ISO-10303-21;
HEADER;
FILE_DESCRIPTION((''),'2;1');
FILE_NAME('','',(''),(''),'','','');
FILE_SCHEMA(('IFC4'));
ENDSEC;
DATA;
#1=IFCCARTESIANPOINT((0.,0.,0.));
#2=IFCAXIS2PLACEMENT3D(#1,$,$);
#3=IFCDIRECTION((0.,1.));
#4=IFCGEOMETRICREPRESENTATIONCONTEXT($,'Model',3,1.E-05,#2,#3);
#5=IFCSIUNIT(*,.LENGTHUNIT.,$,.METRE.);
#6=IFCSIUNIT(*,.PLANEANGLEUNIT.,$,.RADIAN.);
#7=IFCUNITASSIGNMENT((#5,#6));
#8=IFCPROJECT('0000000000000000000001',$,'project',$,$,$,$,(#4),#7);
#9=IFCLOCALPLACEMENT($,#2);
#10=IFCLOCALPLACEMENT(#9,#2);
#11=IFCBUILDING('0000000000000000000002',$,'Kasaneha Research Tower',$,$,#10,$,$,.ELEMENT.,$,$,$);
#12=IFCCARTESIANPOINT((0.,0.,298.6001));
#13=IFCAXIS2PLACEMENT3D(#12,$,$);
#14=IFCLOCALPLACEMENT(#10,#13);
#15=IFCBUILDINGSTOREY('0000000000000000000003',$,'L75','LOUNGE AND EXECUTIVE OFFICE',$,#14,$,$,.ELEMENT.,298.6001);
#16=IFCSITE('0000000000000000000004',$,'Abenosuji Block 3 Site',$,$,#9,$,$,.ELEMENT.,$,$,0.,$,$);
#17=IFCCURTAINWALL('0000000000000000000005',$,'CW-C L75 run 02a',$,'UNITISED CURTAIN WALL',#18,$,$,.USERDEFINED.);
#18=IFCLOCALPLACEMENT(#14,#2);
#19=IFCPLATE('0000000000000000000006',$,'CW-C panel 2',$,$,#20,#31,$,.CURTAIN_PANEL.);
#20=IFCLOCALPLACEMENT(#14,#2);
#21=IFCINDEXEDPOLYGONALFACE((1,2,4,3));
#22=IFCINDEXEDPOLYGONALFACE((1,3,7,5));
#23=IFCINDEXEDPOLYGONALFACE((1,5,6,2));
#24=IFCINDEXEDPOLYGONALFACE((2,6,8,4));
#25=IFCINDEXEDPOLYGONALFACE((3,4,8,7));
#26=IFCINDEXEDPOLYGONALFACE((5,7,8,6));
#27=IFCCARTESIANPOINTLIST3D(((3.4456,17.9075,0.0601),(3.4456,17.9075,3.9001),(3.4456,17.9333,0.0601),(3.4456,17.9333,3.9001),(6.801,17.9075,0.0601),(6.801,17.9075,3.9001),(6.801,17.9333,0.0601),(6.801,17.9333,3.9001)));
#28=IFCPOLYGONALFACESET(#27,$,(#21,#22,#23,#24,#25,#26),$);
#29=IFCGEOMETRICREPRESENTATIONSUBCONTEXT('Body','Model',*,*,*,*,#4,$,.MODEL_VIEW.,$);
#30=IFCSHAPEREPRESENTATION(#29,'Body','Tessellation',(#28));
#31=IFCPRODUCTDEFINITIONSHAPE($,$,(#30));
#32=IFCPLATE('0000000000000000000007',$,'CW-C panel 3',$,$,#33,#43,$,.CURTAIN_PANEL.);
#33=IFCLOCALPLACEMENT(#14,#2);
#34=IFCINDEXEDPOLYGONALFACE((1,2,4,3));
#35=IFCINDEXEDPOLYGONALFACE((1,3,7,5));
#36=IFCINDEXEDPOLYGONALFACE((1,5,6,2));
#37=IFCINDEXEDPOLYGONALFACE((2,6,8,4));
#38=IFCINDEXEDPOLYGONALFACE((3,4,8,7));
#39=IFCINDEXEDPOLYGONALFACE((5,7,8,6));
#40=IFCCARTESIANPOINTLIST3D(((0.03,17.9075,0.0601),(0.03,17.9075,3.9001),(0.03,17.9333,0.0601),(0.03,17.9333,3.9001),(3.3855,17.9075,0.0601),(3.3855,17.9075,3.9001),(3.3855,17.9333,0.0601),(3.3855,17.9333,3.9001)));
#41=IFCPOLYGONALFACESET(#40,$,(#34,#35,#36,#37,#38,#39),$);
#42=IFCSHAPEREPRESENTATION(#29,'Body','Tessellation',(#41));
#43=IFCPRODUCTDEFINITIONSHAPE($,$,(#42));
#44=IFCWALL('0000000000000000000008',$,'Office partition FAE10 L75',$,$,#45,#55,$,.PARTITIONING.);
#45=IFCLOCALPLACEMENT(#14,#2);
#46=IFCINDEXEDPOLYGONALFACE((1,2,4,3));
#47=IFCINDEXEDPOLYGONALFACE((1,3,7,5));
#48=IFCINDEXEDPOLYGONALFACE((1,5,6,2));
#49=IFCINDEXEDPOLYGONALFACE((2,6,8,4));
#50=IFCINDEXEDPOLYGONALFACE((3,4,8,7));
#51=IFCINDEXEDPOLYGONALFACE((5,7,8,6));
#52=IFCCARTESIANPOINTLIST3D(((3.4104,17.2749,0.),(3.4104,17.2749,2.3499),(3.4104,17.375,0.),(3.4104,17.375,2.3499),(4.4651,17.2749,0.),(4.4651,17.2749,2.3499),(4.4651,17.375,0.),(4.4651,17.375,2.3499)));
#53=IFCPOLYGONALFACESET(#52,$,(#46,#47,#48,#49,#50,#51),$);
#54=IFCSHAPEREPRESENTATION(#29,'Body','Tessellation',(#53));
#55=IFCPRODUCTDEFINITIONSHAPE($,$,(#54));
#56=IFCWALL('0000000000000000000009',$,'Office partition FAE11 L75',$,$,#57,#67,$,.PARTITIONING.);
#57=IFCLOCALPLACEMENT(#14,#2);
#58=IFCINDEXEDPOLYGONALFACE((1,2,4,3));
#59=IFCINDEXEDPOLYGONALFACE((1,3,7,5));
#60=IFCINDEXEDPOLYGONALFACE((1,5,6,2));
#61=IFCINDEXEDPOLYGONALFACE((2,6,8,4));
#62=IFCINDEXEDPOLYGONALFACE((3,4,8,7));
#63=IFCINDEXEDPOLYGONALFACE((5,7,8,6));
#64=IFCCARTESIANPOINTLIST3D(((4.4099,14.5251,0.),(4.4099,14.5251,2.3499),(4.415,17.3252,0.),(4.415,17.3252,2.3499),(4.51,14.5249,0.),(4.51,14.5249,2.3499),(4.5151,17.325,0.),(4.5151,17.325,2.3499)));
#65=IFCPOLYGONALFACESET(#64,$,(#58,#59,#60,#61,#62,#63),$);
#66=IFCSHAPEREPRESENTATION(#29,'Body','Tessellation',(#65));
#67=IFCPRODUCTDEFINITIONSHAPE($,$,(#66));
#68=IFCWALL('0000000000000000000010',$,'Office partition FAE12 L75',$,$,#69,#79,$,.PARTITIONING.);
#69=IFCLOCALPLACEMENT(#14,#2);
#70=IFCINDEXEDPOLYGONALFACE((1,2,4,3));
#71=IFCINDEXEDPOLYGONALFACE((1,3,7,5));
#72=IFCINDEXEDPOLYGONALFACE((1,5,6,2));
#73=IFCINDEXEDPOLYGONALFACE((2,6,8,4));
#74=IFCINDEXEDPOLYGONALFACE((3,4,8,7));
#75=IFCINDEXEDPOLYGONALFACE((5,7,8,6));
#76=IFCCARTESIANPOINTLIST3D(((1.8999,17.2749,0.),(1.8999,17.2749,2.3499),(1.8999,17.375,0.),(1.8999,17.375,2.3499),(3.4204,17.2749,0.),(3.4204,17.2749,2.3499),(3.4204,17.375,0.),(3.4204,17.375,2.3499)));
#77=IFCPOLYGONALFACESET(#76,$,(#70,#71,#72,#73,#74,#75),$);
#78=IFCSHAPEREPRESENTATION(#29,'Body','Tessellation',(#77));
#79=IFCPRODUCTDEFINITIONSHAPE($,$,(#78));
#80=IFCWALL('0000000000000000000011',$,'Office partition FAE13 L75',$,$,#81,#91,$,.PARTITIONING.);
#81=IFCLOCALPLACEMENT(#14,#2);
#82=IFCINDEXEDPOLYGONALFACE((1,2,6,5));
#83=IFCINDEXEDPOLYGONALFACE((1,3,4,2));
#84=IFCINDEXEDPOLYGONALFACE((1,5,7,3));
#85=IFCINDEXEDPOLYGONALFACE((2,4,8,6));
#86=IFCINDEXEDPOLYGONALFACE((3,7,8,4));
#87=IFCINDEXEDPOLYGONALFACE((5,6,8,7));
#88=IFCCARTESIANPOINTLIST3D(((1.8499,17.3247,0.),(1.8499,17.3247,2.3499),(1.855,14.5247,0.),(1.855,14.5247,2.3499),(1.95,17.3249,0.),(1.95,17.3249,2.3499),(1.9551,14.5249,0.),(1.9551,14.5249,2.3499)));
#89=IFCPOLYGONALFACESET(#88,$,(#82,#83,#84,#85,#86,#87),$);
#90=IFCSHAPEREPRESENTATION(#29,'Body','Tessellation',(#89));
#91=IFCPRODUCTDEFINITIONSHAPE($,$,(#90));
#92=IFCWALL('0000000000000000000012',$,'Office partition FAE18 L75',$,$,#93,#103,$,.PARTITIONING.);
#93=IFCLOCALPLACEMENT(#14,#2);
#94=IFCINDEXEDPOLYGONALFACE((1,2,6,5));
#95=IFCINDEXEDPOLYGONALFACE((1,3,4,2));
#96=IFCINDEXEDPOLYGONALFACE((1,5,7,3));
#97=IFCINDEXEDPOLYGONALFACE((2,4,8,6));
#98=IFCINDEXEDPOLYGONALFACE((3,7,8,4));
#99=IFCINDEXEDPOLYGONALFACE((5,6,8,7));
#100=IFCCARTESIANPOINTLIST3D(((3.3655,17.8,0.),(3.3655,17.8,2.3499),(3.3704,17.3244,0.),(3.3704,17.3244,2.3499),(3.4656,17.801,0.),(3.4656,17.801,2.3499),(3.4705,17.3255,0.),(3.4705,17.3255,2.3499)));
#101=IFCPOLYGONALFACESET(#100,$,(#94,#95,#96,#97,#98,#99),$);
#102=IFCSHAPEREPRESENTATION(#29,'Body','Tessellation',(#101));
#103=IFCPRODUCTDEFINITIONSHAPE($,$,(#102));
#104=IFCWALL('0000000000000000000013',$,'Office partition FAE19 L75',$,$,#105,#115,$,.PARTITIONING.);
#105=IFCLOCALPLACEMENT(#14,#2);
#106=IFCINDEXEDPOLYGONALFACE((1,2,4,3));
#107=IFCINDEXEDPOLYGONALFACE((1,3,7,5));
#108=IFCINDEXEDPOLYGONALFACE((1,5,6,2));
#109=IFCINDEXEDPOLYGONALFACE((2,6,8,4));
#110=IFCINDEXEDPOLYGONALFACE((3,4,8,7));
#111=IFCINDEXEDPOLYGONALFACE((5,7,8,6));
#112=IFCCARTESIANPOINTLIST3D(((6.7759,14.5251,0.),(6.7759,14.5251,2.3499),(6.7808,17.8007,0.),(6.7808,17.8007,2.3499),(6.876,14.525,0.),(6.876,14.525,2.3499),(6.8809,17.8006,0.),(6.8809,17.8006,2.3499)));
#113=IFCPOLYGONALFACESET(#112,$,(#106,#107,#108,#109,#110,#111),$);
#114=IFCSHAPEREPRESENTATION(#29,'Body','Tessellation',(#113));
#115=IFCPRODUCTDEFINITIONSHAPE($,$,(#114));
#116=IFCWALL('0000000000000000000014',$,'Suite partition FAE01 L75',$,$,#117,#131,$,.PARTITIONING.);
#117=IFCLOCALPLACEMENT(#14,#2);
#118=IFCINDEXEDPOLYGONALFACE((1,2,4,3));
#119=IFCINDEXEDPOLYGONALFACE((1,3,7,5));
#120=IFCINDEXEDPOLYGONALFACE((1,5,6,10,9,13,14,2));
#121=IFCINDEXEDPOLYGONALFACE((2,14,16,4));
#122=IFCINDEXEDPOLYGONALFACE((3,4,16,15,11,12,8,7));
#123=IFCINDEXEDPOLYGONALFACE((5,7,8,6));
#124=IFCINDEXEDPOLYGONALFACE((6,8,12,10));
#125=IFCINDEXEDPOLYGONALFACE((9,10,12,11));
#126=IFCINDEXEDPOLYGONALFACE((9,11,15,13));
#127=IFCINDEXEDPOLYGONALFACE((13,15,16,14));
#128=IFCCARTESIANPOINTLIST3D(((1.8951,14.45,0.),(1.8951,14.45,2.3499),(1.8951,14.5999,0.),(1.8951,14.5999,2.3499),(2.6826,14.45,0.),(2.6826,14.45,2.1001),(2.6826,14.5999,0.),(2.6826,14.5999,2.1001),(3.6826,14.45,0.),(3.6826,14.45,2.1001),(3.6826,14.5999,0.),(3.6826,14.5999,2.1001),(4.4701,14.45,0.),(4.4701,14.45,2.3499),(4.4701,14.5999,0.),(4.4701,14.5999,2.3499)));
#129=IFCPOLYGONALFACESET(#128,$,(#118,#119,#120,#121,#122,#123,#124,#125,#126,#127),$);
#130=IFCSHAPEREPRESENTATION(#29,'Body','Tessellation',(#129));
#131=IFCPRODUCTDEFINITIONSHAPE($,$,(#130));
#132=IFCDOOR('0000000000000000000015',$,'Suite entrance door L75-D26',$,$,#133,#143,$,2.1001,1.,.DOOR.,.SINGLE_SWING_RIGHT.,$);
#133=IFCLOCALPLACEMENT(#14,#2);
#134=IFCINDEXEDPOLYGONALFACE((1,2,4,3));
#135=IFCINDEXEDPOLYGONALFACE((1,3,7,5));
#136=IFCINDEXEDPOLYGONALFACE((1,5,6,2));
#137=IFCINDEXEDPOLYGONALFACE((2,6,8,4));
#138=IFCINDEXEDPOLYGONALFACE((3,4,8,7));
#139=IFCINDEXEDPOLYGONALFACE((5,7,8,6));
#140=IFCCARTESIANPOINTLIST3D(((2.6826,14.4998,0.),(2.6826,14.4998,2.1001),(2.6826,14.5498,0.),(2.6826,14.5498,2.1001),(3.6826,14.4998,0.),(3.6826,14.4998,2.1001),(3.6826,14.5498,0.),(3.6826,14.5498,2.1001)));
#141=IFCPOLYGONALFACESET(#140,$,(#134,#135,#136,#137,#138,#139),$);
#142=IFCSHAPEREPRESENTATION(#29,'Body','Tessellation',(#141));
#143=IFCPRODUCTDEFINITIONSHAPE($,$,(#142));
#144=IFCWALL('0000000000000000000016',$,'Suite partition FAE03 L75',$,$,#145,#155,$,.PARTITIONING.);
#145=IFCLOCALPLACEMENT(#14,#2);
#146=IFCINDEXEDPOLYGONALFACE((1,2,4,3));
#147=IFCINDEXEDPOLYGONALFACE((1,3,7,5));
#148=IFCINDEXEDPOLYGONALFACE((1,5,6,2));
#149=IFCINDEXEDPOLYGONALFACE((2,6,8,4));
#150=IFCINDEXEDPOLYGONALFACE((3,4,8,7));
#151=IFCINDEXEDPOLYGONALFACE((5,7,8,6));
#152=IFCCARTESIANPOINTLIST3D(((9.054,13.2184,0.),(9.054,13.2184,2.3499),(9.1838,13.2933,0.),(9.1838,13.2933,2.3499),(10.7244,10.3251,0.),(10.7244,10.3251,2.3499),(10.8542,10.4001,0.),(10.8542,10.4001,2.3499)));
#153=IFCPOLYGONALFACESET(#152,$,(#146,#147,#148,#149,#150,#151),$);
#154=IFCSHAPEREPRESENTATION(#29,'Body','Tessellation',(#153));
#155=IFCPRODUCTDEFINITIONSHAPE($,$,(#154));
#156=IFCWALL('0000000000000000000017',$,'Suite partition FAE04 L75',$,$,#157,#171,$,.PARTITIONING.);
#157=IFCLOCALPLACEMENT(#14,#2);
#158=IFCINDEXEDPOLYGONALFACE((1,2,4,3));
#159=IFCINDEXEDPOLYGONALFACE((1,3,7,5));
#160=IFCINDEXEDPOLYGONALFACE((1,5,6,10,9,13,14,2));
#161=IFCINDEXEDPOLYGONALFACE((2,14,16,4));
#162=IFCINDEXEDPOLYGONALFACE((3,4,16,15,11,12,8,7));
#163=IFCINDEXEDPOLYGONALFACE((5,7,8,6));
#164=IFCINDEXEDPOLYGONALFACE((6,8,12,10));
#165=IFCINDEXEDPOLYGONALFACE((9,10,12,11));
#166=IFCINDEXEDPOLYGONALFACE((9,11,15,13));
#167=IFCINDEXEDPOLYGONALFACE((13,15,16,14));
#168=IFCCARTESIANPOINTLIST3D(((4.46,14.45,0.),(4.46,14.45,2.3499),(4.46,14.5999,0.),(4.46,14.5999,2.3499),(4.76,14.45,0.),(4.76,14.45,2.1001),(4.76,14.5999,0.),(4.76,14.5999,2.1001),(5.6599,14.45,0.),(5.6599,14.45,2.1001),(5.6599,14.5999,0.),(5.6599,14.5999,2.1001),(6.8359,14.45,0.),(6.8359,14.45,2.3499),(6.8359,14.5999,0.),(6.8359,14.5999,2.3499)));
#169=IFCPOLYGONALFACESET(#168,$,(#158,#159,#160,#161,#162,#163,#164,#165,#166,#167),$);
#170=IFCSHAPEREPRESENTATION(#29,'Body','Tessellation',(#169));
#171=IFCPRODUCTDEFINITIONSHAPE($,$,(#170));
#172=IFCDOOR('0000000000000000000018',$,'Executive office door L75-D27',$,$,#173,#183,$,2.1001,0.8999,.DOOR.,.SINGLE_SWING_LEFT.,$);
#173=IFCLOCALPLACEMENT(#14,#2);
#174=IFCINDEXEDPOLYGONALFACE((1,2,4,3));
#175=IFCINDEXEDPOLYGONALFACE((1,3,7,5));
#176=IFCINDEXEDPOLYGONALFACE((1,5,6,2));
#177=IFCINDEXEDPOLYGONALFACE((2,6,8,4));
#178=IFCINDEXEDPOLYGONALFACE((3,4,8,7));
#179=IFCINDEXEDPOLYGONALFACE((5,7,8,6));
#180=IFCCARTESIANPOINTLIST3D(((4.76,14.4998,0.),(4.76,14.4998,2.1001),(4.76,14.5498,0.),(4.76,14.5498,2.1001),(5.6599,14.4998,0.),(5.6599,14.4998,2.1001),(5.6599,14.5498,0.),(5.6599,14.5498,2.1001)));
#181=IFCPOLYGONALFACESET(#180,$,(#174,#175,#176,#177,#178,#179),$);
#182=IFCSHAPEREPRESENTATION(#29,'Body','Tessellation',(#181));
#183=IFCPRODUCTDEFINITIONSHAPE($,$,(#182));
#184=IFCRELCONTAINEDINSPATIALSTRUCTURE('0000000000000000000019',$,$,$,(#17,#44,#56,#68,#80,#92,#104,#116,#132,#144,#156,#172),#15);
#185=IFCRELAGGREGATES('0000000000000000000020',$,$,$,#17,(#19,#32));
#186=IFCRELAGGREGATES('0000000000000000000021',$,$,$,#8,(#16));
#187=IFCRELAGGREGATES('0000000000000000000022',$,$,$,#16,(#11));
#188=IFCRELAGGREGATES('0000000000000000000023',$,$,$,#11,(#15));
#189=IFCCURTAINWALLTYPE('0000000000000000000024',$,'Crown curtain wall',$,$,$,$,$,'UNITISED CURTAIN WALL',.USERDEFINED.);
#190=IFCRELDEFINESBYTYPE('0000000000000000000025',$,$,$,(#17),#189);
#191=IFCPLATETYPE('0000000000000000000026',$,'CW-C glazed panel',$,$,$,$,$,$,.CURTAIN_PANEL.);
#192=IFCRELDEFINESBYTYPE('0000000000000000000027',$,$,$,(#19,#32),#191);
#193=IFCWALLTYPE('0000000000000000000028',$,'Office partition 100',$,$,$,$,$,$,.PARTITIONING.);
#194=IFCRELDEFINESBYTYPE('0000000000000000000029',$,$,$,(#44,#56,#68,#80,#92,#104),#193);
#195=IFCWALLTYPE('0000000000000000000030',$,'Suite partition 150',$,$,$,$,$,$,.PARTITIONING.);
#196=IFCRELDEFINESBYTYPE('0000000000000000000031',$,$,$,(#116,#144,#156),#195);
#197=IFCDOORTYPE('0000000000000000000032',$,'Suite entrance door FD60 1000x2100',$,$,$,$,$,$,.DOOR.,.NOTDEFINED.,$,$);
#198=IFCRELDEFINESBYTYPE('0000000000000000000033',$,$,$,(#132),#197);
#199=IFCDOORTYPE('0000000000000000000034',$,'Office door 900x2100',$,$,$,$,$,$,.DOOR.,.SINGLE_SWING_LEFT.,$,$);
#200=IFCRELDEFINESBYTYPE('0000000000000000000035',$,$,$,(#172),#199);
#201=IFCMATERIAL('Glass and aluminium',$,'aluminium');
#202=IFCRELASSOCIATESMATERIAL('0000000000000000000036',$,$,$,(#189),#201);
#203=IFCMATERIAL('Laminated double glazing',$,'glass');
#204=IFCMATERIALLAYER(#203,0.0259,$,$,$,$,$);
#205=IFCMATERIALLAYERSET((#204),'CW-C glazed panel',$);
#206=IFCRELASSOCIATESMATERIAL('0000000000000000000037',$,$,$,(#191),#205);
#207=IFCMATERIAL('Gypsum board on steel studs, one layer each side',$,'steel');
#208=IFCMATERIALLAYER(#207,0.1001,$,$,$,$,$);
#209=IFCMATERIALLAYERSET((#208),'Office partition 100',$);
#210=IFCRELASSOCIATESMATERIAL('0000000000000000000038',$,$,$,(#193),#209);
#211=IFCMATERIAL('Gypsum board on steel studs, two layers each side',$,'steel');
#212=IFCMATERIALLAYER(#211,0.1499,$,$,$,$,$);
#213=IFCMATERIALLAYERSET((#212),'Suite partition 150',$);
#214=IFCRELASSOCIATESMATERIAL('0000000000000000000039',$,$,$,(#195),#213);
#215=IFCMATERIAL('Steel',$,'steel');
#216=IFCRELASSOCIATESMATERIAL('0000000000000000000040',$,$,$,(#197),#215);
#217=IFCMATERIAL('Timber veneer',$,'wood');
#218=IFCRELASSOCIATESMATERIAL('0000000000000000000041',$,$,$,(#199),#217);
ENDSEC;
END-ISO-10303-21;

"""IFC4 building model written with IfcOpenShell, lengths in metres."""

from ifc_helpers import new_model, si_unit, direction, frame, frame_2d, origin, origin_2d, place, context, subcontext, project, spatial, rectangle, extrude, material, layer, layer_set, type_object, element, fill, aggregate, save


model = new_model("IFC4")

# Units and contexts
model_context = context("Model", 3, precision=1e-05, world=origin(), true_north=direction((0.0, 1.0)))
body_context = subcontext(model_context, "Body", "Model", "MODEL_VIEW")
ifc_project = project(units=[si_unit("LENGTHUNIT", "METRE"), si_unit("PLANEANGLEUNIT", "RADIAN")], contexts=[model_context])

# Site, building, storey
site_placement = place(None, origin())
site = spatial("IfcSite", under=ifc_project, at=site_placement, Name="Abenosuji Block 3 Site", CompositionType="ELEMENT", RefElevation=0.0)
building_placement = place(site_placement, origin())
building = spatial("IfcBuilding", under=site, at=building_placement, Name="Kasaneha Research Tower", CompositionType="ELEMENT")
storey_placement = place(building_placement, frame((0.0, 0.0, 298.6001)))
storey = spatial("IfcBuildingStorey", under=building, at=storey_placement, Name="L75", Description="LOUNGE AND EXECUTIVE OFFICE", CompositionType="ELEMENT", Elevation=298.6001)

# Curtain wall, plates
ifc_material_1 = material(Name="Glass and aluminium", Category="aluminium")
curtain_wall_type = type_object("IfcCurtainWallType", Name="Crown curtain wall", ElementType="UNITISED CURTAIN WALL", PredefinedType="USERDEFINED", material=ifc_material_1)
curtain_wall_placement = place(storey_placement, origin())
curtain_wall = element("IfcCurtainWall", 1, at=curtain_wall_placement, inside=storey, type_object=curtain_wall_type, Name="CW-C L75 run 02a", ObjectType="UNITISED CURTAIN WALL", PredefinedType="USERDEFINED")
ifc_material_2 = material(Name="Laminated double glazing", Category="glass")
ifc_layer_1 = layer(ifc_material_2, 0.0259)
ifc_layer_set_1 = layer_set([ifc_layer_1], Name="CW-C glazed panel")
plate_type = type_object("IfcPlateType", Name="CW-C glazed panel", PredefinedType="CURTAIN_PANEL", material=ifc_layer_set_1)
plate_1_placement = place(storey_placement, frame((5.1233, 17.9204, 0.0601), z_axis=(0.0, 0.0, 1.0), x_axis=(-1.0, 0.0, 0.0)))
plate_1 = element("IfcPlate", 2, at=plate_1_placement, type_object=plate_type, Name="CW-C panel 2", PredefinedType="CURTAIN_PANEL", context=body_context, shape_type="SweptSolid", body=[
    extrude(rectangle(XDim=3.3555, YDim=0.0259, at=origin_2d()), origin(), (0.0, 0.0, 1.0), 3.8401),
])
plate_2_placement = place(storey_placement, frame((1.7078, 17.9204, 0.0601), z_axis=(0.0, 0.0, 1.0), x_axis=(-1.0, 0.0, 0.0)))
plate_2 = element("IfcPlate", 3, at=plate_2_placement, type_object=plate_type, Name="CW-C panel 3", PredefinedType="CURTAIN_PANEL", context=body_context, shape_type="SweptSolid", body=[
    extrude(rectangle(XDim=3.3555, YDim=0.0259, at=origin_2d()), origin(), (0.0, 0.0, 1.0), 3.8401),
])
aggregate(curtain_wall, [plate_1, plate_2])

# Walls
ifc_material_3 = material(Name="Gypsum board on steel studs, one layer each side", Category="steel")
ifc_layer_2 = layer(ifc_material_3, 0.1001)
ifc_layer_set_2 = layer_set([ifc_layer_2], Name="Office partition 100")
wall_type_1 = type_object("IfcWallType", Name="Office partition 100", PredefinedType="PARTITIONING", material=ifc_layer_set_2)
wall_1_placement = place(storey_placement, frame((3.4104, 17.325, 0.0), z_axis=(0.0, 0.0, 1.0), x_axis=(1.0, 0.0, 0.0)))
element("IfcWall", 4, at=wall_1_placement, inside=storey, type_object=wall_type_1, Name="Office partition FAE10 L75", PredefinedType="PARTITIONING", context=body_context, shape_type="SweptSolid", body=[
    extrude(rectangle(XDim=1.0547, YDim=0.1001, at=frame_2d((0.5273, 0.0))), origin(), (0.0, 0.0, 1.0), 2.3499),
])
wall_2_placement = place(storey_placement, frame((4.4651, 17.325, 0.0), z_axis=(0.0, 0.0, 1.0), x_axis=(-0.001831, -0.999998, 0.0)))
element("IfcWall", 5, at=wall_2_placement, inside=storey, type_object=wall_type_1, Name="Office partition FAE11 L75", PredefinedType="PARTITIONING", context=body_context, shape_type="SweptSolid", body=[
    extrude(rectangle(XDim=2.8, YDim=0.1001, at=frame_2d((1.3999, 0.0))), origin(), (0.0, 0.0, 1.0), 2.3499),
])
wall_3_placement = place(storey_placement, frame((1.8999, 17.325, 0.0), z_axis=(0.0, 0.0, 1.0), x_axis=(1.0, 0.0, 0.0)))
element("IfcWall", 6, at=wall_3_placement, inside=storey, type_object=wall_type_1, Name="Office partition FAE12 L75", PredefinedType="PARTITIONING", context=body_context, shape_type="SweptSolid", body=[
    extrude(rectangle(XDim=1.5205, YDim=0.1001, at=frame_2d((0.7603, 0.0))), origin(), (0.0, 0.0, 1.0), 2.3499),
])
wall_4_placement = place(storey_placement, frame((1.905, 14.5249, 0.0), z_axis=(0.0, 0.0, 1.0), x_axis=(-0.001831, 0.999998, 0.0)))
element("IfcWall", 7, at=wall_4_placement, inside=storey, type_object=wall_type_1, Name="Office partition FAE13 L75", PredefinedType="PARTITIONING", context=body_context, shape_type="SweptSolid", body=[
    extrude(rectangle(XDim=2.8, YDim=0.1001, at=frame_2d((1.3999, 0.0))), origin(), (0.0, 0.0, 1.0), 2.3499),
])
wall_5_placement = place(storey_placement, frame((3.4204, 17.325, 0.0), z_axis=(0.0, 0.0, 1.0), x_axis=(-0.010266, 0.999947, 0.0)))
element("IfcWall", 8, at=wall_5_placement, inside=storey, type_object=wall_type_1, Name="Office partition FAE18 L75", PredefinedType="PARTITIONING", context=body_context, shape_type="SweptSolid", body=[
    extrude(rectangle(XDim=0.4756, YDim=0.1001, at=frame_2d((0.2378, 0.0))), origin(), (0.0, 0.0, 1.0), 2.3499),
])
wall_6_placement = place(storey_placement, frame((6.8308, 17.8005, 0.0), z_axis=(0.0, 0.0, 1.0), x_axis=(-0.001491, -0.999999, 0.0)))
element("IfcWall", 9, at=wall_6_placement, inside=storey, type_object=wall_type_1, Name="Office partition FAE19 L75", PredefinedType="PARTITIONING", context=body_context, shape_type="SweptSolid", body=[
    extrude(rectangle(XDim=3.2756, YDim=0.1001, at=frame_2d((1.6377, 0.0))), origin(), (0.0, 0.0, 1.0), 2.3499),
])

# Wall, opening, door
ifc_material_4 = material(Name="Gypsum board on steel studs, two layers each side", Category="steel")
ifc_layer_3 = layer(ifc_material_4, 0.1499)
ifc_layer_set_3 = layer_set([ifc_layer_3], Name="Suite partition 150")
wall_type_2 = type_object("IfcWallType", Name="Suite partition 150", PredefinedType="PARTITIONING", material=ifc_layer_set_3)
wall_7_placement = place(storey_placement, frame((1.895, 14.5249, 0.0), z_axis=(0.0, 0.0, 1.0), x_axis=(1.0, 0.0, 0.0)))
wall_7 = element("IfcWall", 10, at=wall_7_placement, inside=storey, type_object=wall_type_2, Name="Suite partition FAE01 L75", PredefinedType="PARTITIONING", context=body_context, shape_type="SweptSolid", body=[
    extrude(rectangle(XDim=2.575, YDim=0.1499, at=frame_2d((1.2876, 0.0))), origin(), (0.0, 0.0, 1.0), 2.3499),
])
opening_1_placement = place(wall_7_placement, frame((0.7876, 0.0, 0.0)))
opening_1 = element("IfcOpeningElement", 11, at=opening_1_placement, cuts=wall_7, PredefinedType="OPENING", context=body_context, shape_type="SweptSolid", body=[
    extrude(rectangle(XDim=1.0, YDim=2.1001, at=frame_2d((0.5, 1.05))), frame((0.0, 0.085, 0.0), z_axis=(0.0, -1.0, 0.0), x_axis=(1.0, 0.0, 0.0)), (0.0, 0.0, 1.0), 0.1699),
])
ifc_material_5 = material(Name="Steel", Category="steel")
door_type_1 = type_object("IfcDoorType", Name="Suite entrance door FD60 1000x2100", OperationType="NOTDEFINED", PredefinedType="DOOR", material=ifc_material_5)
door_1_placement = place(opening_1_placement, origin())
door_1 = element("IfcDoor", 12, at=door_1_placement, inside=storey, type_object=door_type_1, Name="Suite entrance door L75-D26", OperationType="SINGLE_SWING_RIGHT", OverallHeight=2.1001, OverallWidth=1.0, PredefinedType="DOOR", context=body_context, shape_type="SweptSolid", body=[
    extrude(rectangle(XDim=1.0, YDim=2.1001, at=frame_2d((0.5, 1.05))), frame((0.0, 0.0249, 0.0), z_axis=(0.0, -1.0, 0.0), x_axis=(1.0, 0.0, 0.0)), (0.0, 0.0, 1.0), 0.05),
])
fill(opening_1, door_1)

# Wall
wall_8_placement = place(storey_placement, frame((9.1189, 13.2559, 0.0), z_axis=(0.0, 0.0, 1.0), x_axis=(0.49999, -0.866031, 0.0)))
element("IfcWall", 13, at=wall_8_placement, inside=storey, type_object=wall_type_2, Name="Suite partition FAE03 L75", PredefinedType="PARTITIONING", context=body_context, shape_type="SweptSolid", body=[
    extrude(rectangle(XDim=3.3408, YDim=0.1499, at=frame_2d((1.6704, 0.0))), origin(), (0.0, 0.0, 1.0), 2.3499),
])

# Wall, opening, door
wall_9_placement = place(storey_placement, frame((4.46, 14.5249, 0.0), z_axis=(0.0, 0.0, 1.0), x_axis=(1.0, 0.0, 0.0)))
wall_9 = element("IfcWall", 14, at=wall_9_placement, inside=storey, type_object=wall_type_2, Name="Suite partition FAE04 L75", PredefinedType="PARTITIONING", context=body_context, shape_type="SweptSolid", body=[
    extrude(rectangle(XDim=2.376, YDim=0.1499, at=frame_2d((1.188, 0.0))), origin(), (0.0, 0.0, 1.0), 2.3499),
])
opening_2_placement = place(wall_9_placement, frame((0.3, 0.0, 0.0)))
opening_2 = element("IfcOpeningElement", 15, at=opening_2_placement, cuts=wall_9, PredefinedType="OPENING", context=body_context, shape_type="SweptSolid", body=[
    extrude(rectangle(XDim=0.8999, YDim=2.1001, at=frame_2d((0.45, 1.05))), frame((0.0, 0.085, 0.0), z_axis=(0.0, -1.0, 0.0), x_axis=(1.0, 0.0, 0.0)), (0.0, 0.0, 1.0), 0.1699),
])
ifc_material_6 = material(Name="Timber veneer", Category="wood")
door_type_2 = type_object("IfcDoorType", Name="Office door 900x2100", OperationType="SINGLE_SWING_LEFT", PredefinedType="DOOR", material=ifc_material_6)
door_2_placement = place(opening_2_placement, origin())
door_2 = element("IfcDoor", 16, at=door_2_placement, inside=storey, type_object=door_type_2, Name="Executive office door L75-D27", OperationType="SINGLE_SWING_LEFT", OverallHeight=2.1001, OverallWidth=0.8999, PredefinedType="DOOR", context=body_context, shape_type="SweptSolid", body=[
    extrude(rectangle(XDim=0.8999, YDim=2.1001, at=frame_2d((0.45, 1.05))), frame((0.0, 0.0249, 0.0), z_axis=(0.0, -1.0, 0.0), x_axis=(1.0, 0.0, 0.0)), (0.0, 0.0, 1.0), 0.05),
])
fill(opening_2, door_2)

save(model, "model.ifc")
